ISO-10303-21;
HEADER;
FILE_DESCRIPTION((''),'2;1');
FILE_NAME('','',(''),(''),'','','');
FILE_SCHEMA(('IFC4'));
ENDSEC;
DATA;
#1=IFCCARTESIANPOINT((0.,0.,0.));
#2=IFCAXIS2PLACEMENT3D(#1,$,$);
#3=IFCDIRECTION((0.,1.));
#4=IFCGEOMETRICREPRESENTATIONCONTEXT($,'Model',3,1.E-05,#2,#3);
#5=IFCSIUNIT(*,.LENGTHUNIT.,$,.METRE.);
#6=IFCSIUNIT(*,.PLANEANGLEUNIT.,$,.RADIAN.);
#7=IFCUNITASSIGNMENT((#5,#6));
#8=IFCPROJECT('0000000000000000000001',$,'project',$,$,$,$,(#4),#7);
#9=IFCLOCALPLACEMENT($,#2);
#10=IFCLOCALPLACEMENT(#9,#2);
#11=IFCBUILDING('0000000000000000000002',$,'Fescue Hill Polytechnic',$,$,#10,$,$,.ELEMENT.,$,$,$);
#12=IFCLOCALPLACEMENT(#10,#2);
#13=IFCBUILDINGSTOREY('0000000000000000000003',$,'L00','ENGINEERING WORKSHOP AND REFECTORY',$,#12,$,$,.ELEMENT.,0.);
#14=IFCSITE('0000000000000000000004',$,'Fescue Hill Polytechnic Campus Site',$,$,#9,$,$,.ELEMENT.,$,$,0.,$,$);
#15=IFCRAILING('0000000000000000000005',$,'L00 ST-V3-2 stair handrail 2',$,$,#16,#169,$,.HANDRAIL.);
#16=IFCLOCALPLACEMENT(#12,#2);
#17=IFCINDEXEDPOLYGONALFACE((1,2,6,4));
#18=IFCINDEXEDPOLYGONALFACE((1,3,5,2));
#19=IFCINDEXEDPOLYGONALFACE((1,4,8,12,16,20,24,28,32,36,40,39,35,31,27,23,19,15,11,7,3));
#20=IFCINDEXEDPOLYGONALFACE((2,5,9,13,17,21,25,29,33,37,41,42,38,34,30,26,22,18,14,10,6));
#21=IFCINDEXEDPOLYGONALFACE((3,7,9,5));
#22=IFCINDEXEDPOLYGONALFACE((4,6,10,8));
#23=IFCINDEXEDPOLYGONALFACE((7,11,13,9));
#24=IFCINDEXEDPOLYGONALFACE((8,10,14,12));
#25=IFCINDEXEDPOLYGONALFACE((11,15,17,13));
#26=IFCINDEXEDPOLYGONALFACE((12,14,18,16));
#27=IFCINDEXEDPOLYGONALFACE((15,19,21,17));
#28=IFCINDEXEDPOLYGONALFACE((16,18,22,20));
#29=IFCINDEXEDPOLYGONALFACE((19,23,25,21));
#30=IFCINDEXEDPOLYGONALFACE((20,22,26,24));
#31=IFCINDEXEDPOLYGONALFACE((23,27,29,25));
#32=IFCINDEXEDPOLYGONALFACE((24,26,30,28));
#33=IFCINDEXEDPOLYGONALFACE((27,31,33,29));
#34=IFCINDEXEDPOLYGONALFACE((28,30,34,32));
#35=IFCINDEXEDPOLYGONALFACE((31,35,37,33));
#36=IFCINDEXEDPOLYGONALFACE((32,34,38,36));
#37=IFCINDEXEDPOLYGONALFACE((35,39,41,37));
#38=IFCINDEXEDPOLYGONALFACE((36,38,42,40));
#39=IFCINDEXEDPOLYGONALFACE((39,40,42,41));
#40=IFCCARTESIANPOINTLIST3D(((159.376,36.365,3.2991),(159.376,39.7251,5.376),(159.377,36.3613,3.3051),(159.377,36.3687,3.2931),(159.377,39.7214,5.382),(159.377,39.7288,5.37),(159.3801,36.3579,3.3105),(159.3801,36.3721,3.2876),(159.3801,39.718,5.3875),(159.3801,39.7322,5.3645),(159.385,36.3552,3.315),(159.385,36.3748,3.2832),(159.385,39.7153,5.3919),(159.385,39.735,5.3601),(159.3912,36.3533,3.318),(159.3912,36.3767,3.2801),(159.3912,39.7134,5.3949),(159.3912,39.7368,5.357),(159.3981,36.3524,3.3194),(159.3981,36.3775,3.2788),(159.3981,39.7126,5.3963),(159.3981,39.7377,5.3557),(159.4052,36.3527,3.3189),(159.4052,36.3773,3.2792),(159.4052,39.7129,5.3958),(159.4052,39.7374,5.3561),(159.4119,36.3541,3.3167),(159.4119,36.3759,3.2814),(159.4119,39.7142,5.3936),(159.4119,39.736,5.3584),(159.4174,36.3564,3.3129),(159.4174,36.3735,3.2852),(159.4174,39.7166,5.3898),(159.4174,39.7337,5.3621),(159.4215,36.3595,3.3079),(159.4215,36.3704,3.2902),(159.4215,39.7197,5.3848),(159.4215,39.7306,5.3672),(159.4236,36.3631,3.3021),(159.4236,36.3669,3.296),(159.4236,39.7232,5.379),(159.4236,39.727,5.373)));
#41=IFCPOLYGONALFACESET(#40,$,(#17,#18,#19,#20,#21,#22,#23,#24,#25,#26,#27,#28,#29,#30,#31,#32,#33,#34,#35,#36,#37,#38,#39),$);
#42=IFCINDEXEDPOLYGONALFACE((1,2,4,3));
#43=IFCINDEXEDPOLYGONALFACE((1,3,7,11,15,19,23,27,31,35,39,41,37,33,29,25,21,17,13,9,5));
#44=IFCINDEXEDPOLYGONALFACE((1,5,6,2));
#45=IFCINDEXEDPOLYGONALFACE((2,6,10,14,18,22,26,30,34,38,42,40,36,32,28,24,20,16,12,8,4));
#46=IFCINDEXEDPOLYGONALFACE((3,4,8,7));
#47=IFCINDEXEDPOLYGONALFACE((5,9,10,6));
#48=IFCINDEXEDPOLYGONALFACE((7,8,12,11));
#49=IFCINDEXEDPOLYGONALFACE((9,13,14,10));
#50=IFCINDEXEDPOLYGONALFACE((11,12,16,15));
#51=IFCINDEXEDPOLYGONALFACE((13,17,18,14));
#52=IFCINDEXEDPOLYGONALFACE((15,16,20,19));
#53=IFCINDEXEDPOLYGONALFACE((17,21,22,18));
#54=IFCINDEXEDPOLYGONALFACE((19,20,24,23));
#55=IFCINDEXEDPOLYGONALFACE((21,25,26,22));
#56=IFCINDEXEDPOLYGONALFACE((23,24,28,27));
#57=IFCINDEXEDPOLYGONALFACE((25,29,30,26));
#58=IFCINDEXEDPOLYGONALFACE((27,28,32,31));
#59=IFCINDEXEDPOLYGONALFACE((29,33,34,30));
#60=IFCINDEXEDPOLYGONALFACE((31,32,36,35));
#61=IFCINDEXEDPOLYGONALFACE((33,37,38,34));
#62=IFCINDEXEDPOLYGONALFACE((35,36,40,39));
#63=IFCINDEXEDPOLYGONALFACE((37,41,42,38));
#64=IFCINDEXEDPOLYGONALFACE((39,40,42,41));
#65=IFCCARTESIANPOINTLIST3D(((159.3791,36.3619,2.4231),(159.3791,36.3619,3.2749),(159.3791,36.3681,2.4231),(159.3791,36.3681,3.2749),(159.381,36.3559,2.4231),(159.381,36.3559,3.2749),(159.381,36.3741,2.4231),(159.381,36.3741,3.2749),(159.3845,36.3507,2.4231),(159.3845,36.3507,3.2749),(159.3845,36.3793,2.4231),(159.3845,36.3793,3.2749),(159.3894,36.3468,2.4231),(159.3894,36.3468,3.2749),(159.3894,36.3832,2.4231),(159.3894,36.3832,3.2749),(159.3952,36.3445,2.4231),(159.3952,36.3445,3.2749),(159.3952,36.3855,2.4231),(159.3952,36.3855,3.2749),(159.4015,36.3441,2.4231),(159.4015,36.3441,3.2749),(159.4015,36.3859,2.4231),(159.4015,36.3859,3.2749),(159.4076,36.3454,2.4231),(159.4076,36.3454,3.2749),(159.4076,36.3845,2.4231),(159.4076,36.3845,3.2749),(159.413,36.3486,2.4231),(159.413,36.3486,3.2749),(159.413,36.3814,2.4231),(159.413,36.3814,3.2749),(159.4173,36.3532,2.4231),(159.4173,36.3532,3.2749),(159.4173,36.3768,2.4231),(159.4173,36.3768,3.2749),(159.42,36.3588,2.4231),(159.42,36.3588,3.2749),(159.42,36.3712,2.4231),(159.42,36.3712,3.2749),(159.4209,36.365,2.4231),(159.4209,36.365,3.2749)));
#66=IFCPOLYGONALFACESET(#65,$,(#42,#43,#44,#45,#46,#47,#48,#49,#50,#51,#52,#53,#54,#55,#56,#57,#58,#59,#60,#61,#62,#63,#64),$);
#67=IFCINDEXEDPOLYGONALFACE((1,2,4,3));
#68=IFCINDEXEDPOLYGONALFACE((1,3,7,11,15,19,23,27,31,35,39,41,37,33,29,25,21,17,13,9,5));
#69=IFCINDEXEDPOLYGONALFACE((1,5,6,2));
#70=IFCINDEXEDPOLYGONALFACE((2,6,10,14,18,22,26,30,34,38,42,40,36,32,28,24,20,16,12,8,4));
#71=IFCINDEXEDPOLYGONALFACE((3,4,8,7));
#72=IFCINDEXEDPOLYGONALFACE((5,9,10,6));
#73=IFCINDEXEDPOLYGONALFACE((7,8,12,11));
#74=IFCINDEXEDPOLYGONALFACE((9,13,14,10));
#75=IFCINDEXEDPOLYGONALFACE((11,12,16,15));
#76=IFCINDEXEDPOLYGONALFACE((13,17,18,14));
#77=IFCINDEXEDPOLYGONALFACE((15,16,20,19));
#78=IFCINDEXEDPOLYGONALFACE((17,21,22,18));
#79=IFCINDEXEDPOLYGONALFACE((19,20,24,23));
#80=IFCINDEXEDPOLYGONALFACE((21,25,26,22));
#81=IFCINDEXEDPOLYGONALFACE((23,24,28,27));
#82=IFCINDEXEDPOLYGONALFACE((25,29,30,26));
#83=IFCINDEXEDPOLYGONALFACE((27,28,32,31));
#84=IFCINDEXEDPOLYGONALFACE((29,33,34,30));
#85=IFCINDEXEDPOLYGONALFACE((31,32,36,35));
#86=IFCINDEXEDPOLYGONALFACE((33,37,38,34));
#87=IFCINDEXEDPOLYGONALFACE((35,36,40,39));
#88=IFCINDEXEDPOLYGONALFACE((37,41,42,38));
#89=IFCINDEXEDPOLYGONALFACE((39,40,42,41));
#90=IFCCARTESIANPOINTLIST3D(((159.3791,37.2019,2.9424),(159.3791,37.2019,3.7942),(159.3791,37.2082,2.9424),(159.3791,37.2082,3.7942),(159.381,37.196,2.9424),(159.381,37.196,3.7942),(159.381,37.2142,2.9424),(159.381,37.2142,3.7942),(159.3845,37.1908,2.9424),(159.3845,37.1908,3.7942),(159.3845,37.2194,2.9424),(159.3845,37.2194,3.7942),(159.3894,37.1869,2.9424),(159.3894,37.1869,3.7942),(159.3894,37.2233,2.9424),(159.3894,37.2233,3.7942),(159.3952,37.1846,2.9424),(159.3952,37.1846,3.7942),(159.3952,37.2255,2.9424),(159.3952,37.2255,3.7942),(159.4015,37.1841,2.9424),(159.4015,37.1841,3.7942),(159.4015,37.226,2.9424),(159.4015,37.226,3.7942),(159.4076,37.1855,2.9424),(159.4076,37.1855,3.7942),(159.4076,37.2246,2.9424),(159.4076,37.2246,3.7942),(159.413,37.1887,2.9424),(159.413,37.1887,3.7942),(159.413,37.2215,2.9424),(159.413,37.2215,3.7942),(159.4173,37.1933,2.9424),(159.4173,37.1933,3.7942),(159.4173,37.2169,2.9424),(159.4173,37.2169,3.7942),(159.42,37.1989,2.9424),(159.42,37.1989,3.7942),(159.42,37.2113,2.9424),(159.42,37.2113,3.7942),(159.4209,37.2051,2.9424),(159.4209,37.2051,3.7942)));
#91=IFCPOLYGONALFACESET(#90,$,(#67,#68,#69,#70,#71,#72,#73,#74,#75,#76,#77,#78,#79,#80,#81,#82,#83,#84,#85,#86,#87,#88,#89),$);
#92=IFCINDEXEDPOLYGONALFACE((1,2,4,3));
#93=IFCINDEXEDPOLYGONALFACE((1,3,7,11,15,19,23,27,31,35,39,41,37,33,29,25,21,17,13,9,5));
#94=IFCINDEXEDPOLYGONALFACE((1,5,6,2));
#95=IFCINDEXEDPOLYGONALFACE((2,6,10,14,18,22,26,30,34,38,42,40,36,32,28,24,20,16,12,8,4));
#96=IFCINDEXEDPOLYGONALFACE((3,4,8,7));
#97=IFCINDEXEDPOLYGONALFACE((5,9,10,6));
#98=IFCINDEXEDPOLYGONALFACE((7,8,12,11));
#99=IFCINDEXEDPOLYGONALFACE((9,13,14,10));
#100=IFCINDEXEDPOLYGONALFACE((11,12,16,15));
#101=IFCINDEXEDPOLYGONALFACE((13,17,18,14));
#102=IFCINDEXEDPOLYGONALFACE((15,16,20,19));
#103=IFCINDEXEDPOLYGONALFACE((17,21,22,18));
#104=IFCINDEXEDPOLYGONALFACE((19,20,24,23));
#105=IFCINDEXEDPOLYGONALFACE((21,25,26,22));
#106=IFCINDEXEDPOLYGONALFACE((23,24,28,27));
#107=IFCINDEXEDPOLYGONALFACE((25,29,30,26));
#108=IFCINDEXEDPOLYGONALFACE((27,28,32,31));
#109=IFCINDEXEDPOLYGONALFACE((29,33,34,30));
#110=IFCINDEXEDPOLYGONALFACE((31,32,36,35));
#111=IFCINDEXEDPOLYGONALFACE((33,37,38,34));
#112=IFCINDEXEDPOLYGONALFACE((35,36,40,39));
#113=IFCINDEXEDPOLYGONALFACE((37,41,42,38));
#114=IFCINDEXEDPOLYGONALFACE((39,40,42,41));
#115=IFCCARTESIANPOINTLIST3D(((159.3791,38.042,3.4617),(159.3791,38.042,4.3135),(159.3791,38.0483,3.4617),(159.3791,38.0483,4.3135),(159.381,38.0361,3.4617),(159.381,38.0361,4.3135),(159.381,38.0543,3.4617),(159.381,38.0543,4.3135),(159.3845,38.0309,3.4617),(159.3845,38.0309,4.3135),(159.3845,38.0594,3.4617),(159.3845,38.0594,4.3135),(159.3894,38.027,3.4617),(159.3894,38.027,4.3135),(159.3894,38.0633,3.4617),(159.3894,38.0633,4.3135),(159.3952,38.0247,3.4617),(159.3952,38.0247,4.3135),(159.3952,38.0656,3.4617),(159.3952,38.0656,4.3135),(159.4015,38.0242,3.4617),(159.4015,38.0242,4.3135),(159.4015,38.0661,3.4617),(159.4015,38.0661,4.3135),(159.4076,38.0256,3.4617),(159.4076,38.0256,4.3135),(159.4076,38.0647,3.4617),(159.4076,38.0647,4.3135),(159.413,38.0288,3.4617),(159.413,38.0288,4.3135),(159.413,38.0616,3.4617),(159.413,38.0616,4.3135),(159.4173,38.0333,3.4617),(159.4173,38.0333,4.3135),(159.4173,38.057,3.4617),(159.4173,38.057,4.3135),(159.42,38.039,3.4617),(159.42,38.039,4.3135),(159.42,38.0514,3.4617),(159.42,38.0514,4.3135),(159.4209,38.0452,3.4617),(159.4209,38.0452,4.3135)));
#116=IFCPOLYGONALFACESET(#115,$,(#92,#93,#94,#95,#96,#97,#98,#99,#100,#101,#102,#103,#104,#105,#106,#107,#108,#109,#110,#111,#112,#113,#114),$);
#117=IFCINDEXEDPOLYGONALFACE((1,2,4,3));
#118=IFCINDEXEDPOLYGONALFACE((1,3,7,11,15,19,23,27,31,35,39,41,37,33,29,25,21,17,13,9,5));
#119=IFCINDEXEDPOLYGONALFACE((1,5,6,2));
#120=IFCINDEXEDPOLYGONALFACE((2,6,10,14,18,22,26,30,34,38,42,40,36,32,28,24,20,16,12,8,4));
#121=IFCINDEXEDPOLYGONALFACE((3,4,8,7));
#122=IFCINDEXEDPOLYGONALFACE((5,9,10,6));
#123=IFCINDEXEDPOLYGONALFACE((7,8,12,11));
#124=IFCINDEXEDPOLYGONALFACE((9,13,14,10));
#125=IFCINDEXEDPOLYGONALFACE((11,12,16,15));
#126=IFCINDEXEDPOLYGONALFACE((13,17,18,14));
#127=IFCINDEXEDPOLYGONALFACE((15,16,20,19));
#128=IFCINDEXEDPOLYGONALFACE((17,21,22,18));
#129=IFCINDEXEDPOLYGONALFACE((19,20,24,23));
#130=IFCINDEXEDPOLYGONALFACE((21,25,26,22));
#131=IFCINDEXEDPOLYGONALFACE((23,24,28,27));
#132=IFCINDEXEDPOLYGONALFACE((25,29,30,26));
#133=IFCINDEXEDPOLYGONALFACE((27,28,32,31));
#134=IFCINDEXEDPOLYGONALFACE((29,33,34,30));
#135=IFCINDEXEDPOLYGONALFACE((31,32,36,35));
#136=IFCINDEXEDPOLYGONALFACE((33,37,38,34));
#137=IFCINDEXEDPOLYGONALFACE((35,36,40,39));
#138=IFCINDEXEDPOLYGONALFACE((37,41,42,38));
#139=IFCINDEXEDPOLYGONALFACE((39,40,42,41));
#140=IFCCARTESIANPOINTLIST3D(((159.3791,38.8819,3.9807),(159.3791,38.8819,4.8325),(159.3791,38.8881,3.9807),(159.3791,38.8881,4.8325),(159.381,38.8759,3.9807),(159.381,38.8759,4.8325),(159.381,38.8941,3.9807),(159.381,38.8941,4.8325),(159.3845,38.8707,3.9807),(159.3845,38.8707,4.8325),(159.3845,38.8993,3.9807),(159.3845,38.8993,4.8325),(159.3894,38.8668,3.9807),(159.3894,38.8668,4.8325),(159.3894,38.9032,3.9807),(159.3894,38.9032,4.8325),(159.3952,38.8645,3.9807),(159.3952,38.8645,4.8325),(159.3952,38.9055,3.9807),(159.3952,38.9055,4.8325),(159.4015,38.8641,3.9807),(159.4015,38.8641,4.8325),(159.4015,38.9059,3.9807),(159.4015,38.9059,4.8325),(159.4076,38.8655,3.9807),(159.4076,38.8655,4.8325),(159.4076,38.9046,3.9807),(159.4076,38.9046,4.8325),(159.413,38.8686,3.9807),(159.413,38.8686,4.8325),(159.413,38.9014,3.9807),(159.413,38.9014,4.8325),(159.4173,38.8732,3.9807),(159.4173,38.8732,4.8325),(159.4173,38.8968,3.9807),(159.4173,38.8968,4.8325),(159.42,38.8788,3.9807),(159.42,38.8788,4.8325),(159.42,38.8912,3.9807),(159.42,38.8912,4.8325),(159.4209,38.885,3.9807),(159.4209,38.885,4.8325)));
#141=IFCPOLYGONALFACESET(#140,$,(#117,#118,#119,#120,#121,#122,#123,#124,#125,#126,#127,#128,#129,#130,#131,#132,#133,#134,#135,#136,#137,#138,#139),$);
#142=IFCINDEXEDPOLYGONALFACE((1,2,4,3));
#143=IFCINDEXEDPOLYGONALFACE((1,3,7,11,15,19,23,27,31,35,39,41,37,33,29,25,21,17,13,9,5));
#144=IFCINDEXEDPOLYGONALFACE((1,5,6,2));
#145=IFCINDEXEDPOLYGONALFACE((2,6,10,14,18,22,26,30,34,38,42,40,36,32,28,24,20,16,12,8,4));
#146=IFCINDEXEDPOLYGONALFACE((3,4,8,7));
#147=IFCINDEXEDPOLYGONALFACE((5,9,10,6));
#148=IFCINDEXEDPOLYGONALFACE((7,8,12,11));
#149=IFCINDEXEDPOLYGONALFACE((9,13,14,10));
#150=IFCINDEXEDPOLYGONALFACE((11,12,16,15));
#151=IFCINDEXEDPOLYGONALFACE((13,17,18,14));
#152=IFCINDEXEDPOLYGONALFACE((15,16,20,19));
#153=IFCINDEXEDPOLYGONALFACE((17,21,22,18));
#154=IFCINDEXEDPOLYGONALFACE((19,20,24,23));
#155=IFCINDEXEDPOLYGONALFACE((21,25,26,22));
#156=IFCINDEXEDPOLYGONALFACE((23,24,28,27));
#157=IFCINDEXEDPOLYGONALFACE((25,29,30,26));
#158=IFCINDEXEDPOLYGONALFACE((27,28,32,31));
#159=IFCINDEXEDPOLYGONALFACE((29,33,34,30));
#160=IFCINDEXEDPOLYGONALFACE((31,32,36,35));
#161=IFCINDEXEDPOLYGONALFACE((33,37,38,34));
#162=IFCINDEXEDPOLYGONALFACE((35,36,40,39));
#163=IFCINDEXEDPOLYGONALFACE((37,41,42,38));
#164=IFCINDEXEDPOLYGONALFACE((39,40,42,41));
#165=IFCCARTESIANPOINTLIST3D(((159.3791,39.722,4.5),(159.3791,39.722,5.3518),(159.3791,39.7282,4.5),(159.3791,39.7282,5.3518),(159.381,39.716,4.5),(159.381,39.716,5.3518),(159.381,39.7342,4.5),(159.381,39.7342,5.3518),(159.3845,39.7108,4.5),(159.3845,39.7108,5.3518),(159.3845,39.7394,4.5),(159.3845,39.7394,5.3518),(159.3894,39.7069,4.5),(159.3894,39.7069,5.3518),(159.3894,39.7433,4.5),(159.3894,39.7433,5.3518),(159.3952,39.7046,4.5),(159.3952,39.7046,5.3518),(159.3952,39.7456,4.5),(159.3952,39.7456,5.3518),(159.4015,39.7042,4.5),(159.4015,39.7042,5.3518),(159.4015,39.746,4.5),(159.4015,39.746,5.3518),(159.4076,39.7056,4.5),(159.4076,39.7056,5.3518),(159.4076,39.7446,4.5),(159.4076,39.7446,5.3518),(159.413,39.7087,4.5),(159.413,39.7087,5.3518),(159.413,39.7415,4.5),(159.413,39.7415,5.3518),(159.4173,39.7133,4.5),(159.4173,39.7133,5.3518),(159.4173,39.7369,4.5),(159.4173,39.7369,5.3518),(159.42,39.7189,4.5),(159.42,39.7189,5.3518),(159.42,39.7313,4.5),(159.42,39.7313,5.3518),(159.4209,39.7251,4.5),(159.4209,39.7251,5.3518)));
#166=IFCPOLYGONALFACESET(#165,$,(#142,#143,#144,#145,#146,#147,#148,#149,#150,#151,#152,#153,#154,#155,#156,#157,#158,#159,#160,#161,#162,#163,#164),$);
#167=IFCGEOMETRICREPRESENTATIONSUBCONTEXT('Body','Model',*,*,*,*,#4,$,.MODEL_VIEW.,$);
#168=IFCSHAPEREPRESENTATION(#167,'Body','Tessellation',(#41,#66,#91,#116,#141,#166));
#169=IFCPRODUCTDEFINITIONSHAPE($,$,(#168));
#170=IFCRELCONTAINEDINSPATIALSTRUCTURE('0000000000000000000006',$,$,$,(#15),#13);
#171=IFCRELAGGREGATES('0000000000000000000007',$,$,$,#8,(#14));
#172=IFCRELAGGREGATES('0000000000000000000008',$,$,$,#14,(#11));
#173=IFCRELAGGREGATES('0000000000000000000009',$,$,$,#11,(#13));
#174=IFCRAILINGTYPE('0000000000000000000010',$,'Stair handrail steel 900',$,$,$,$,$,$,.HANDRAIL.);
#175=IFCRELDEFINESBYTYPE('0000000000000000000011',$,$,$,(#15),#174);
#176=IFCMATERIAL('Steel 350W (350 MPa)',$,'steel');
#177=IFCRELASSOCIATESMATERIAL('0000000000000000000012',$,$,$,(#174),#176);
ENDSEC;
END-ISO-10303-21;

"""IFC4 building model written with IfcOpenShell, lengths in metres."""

from ifc_helpers import new_model, si_unit, direction, frame, origin, origin_2d, place, context, subcontext, project, spatial, circle, extrude, material, type_object, element, save


model = new_model("IFC4")

# Units and contexts
model_context = context("Model", 3, precision=1e-05, world=origin(), true_north=direction((0.0, 1.0)))
body_context = subcontext(model_context, "Body", "Model", "MODEL_VIEW")
ifc_project = project(units=[si_unit("LENGTHUNIT", "METRE"), si_unit("PLANEANGLEUNIT", "RADIAN")], contexts=[model_context])

# Site, building, storey
site_placement = place(None, origin())
site = spatial("IfcSite", under=ifc_project, at=site_placement, Name="Fescue Hill Polytechnic Campus Site", CompositionType="ELEMENT", RefElevation=0.0)
building_placement = place(site_placement, origin())
building = spatial("IfcBuilding", under=site, at=building_placement, Name="Fescue Hill Polytechnic", CompositionType="ELEMENT")
storey_placement = place(building_placement, origin())
storey = spatial("IfcBuildingStorey", under=building, at=storey_placement, Name="L00", Description="ENGINEERING WORKSHOP AND REFECTORY", CompositionType="ELEMENT", Elevation=0.0)

# Railing
ifc_material_1 = material(Name="Steel 350W (350 MPa)", Category="steel")
railing_type_1 = type_object("IfcRailingType", Name="Stair handrail steel 900", PredefinedType="HANDRAIL", material=ifc_material_1)
railing_1_placement = place(storey_placement, frame((159.3999, 36.365, 2.4231)))
element("IfcRailing", 1, at=railing_1_placement, inside=storey, type_object=railing_type_1, Name="L00 ST-V3-2 stair handrail 2", PredefinedType="HANDRAIL", context=body_context, shape_type="SweptSolid", body=[
    extrude(circle(Radius=0.0239, at=origin_2d()), frame((0.0, 0.0, 0.876), z_axis=(0.0, 0.850623, 0.525776), x_axis=(-1.0, 0.0, 0.0)), (0.0, 0.0, 1.0), 3.9502),
    extrude(circle(Radius=0.021, at=origin_2d()), origin(), (0.0, 0.0, 1.0), 0.8518),
    extrude(circle(Radius=0.021, at=origin_2d()), frame((0.0, 0.8401, 0.5193)), (0.0, 0.0, 1.0), 0.8518),
    extrude(circle(Radius=0.021, at=origin_2d()), frame((0.0, 1.6802, 1.0386)), (0.0, 0.0, 1.0), 0.8518),
    extrude(circle(Radius=0.021, at=origin_2d()), frame((0.0, 2.52, 1.5576)), (0.0, 0.0, 1.0), 0.8518),
    extrude(circle(Radius=0.021, at=origin_2d()), frame((0.0, 3.3601, 2.0769)), (0.0, 0.0, 1.0), 0.8518),
])

save(model, "model.ifc")
